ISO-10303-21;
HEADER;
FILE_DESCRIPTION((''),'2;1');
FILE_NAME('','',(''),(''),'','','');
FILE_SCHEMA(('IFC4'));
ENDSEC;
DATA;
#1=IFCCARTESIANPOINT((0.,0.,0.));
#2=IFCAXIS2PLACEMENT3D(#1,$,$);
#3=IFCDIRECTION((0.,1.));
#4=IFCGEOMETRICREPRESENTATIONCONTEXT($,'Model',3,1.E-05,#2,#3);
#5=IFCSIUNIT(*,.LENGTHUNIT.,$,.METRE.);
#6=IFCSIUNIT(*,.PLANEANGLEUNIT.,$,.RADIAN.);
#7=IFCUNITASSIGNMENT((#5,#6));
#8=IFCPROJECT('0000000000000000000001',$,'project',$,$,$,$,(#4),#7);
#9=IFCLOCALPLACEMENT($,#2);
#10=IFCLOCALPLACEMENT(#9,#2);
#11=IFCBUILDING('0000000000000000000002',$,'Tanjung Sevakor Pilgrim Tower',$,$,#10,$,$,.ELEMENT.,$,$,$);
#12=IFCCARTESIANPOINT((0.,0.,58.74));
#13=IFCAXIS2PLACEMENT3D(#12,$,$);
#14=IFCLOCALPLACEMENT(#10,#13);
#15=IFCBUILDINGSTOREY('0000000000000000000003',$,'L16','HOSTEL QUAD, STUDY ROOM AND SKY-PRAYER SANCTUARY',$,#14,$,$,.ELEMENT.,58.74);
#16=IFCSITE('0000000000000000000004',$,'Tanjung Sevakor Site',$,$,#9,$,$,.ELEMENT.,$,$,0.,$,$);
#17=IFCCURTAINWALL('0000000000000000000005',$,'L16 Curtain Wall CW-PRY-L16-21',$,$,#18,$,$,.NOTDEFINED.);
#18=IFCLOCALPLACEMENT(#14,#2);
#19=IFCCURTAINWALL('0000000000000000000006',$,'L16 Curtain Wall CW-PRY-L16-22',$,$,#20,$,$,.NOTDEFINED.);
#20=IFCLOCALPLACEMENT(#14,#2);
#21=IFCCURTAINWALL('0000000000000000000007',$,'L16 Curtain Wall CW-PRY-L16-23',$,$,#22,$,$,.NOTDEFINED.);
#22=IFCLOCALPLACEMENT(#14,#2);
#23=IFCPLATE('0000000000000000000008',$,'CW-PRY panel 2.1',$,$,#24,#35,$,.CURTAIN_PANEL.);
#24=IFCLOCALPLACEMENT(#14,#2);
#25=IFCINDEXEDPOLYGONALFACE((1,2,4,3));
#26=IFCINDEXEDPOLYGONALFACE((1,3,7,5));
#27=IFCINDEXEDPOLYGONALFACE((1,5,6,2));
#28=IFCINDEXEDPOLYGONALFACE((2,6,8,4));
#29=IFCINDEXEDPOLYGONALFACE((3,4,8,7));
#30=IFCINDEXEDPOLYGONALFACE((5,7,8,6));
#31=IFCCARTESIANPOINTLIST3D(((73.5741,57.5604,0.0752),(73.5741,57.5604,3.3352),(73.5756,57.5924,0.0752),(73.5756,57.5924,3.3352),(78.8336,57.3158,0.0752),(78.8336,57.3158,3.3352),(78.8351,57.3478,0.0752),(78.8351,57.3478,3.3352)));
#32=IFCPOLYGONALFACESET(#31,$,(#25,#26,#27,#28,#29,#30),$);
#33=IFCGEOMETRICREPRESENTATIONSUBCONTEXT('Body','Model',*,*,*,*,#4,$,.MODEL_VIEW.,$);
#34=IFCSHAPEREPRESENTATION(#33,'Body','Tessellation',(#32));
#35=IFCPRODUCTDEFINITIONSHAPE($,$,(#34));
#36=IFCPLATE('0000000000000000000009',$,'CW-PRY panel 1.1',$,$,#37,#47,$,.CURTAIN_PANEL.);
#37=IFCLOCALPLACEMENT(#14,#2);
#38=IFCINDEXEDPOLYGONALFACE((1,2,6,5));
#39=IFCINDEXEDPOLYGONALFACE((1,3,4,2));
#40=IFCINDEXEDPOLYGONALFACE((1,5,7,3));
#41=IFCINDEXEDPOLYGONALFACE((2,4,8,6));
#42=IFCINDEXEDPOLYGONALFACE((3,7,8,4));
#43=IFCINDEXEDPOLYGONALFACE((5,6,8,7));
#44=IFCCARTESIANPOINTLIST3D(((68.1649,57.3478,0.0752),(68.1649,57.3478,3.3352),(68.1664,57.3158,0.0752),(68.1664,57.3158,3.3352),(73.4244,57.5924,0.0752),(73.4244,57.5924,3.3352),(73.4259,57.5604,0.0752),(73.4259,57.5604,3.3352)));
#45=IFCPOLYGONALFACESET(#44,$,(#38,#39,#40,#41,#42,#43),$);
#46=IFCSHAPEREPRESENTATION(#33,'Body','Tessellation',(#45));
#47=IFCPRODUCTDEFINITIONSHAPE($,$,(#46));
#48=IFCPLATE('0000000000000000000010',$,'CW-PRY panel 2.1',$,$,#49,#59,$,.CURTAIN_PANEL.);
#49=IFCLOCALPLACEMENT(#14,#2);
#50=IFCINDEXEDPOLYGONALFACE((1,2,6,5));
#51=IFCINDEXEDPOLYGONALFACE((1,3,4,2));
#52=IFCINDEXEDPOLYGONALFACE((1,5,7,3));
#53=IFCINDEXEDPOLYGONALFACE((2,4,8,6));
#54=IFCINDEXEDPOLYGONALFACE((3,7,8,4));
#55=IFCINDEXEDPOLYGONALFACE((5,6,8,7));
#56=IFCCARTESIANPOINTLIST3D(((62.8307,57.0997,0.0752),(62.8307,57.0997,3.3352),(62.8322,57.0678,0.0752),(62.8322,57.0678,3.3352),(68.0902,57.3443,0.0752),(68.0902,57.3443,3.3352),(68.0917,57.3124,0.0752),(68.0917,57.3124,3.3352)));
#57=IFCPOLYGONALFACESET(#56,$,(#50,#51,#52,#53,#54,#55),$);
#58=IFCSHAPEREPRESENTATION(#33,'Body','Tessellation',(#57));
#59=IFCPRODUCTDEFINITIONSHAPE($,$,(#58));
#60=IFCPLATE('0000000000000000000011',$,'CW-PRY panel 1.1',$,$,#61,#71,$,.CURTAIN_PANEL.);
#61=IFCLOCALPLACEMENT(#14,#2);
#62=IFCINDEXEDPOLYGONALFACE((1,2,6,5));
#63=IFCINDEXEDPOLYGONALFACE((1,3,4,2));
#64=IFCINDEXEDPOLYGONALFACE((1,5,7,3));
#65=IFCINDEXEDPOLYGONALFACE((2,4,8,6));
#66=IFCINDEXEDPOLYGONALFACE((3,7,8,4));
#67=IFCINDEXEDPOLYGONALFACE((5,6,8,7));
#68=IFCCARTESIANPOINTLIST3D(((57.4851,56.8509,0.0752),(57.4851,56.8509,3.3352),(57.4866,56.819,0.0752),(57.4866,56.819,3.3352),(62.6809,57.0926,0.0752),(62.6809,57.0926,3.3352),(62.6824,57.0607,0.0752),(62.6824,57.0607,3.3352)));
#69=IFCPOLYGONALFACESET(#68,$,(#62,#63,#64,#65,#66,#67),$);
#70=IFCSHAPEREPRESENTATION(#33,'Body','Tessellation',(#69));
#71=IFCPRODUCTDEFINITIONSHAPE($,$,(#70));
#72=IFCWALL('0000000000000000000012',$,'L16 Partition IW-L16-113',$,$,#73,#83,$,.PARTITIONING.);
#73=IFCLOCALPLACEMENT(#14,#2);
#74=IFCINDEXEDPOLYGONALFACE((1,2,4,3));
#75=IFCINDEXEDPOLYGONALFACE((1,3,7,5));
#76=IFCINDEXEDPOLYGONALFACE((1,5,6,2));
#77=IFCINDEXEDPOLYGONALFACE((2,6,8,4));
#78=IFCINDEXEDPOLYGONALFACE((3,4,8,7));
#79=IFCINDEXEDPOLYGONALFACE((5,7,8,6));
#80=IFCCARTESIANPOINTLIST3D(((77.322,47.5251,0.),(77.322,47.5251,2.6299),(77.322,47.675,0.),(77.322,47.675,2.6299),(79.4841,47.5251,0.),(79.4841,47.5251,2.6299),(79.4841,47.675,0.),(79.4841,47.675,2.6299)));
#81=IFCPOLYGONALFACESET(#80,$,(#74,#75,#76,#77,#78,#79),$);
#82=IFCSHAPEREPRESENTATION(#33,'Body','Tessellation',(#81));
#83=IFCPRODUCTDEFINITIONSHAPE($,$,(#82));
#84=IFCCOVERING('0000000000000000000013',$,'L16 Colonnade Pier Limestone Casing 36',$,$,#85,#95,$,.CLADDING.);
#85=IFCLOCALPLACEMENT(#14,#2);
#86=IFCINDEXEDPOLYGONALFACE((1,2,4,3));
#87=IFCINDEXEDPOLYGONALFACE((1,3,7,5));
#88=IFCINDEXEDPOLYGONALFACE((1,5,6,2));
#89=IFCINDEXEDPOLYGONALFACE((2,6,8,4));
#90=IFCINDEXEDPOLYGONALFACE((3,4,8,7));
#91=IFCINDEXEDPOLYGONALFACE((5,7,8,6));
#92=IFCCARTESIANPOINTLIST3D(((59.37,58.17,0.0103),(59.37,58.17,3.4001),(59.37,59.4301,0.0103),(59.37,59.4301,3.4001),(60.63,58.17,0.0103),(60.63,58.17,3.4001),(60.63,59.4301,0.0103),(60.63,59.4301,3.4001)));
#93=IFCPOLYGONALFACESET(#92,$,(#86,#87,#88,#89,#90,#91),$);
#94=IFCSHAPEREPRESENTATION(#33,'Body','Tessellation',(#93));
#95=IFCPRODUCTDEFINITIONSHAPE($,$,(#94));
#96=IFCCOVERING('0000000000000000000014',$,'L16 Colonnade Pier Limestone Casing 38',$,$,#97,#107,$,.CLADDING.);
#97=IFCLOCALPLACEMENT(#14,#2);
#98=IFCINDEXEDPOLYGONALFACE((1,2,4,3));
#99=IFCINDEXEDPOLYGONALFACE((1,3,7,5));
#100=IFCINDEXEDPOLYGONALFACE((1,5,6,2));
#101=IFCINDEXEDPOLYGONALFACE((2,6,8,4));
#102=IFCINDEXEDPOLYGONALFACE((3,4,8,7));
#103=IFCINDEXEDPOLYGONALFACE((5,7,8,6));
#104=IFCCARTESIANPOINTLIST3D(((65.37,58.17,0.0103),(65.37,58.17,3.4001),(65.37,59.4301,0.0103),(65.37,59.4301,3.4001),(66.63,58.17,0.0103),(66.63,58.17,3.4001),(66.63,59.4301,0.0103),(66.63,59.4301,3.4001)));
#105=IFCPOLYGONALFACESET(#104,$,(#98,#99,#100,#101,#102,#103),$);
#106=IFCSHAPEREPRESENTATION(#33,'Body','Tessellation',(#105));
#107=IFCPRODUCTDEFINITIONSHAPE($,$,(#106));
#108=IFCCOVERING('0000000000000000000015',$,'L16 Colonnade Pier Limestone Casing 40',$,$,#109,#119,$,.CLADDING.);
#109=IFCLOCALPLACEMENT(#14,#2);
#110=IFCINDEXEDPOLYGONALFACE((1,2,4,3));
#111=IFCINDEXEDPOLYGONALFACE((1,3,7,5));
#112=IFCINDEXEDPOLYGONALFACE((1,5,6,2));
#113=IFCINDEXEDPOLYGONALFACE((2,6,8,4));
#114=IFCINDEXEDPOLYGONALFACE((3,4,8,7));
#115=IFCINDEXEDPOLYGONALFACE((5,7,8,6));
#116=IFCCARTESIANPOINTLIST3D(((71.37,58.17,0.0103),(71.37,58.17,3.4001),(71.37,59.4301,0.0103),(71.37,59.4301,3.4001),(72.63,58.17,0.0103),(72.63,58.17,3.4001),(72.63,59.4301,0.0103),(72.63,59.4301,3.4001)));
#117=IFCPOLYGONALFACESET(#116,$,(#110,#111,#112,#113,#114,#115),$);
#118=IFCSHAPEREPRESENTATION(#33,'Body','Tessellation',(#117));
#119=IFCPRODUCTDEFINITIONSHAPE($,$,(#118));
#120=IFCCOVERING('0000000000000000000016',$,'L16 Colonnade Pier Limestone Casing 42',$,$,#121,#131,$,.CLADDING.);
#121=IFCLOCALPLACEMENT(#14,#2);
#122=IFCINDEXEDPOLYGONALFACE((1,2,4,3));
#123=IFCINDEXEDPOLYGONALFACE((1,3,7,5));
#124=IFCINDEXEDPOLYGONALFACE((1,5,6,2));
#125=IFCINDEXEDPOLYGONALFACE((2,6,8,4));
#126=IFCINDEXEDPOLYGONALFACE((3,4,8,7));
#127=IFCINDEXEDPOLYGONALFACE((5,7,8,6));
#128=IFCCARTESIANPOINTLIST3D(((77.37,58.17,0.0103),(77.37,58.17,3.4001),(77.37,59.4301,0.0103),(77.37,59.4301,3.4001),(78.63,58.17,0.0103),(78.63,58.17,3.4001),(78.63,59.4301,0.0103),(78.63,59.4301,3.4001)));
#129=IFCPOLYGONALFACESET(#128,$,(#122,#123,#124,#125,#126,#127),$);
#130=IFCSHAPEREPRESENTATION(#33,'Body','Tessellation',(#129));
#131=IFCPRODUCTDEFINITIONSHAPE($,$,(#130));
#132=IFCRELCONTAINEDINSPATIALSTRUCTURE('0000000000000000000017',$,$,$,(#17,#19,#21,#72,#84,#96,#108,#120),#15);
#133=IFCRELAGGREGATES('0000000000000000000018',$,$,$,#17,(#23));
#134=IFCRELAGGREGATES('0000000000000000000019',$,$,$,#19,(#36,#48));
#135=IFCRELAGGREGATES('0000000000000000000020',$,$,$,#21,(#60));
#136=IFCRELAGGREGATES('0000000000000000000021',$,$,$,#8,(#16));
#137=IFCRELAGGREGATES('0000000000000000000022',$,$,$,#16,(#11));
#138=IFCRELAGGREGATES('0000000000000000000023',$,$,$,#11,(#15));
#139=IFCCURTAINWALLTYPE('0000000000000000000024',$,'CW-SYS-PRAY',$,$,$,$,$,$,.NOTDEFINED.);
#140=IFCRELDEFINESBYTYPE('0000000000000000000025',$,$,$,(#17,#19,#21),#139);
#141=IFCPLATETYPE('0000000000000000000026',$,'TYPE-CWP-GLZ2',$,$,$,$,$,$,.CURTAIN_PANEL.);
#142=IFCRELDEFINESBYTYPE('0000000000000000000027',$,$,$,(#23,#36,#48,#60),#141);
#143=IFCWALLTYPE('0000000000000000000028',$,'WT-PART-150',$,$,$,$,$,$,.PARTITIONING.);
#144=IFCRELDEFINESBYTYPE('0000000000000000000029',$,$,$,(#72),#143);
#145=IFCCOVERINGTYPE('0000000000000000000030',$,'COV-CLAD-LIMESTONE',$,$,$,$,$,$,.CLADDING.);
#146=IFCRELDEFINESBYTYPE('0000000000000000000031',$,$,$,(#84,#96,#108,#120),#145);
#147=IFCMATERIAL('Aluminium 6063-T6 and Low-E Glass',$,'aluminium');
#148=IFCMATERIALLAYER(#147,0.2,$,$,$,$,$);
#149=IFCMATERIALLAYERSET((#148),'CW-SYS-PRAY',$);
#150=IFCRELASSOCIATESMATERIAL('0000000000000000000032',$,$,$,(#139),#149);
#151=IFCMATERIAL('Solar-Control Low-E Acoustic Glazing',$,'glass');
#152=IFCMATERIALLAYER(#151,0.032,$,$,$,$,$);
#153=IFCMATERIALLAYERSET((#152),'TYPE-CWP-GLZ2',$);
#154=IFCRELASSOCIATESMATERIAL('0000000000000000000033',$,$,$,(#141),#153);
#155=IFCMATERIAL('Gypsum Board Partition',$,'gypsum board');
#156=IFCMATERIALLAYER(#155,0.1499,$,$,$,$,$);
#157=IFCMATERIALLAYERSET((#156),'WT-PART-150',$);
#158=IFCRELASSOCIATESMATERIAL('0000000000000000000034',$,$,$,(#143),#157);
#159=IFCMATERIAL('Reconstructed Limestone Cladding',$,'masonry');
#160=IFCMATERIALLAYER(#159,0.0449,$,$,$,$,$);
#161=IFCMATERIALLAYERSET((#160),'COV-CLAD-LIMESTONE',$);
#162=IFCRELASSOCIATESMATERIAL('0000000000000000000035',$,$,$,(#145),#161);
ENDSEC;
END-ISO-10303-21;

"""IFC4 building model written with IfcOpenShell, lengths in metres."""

from ifc_helpers import new_model, si_unit, direction, frame, frame_2d, origin, origin_2d, place, context, subcontext, project, spatial, rectangle, extrude, material, layer, layer_set, type_object, element, aggregate, save


model = new_model("IFC4")

# Units and contexts
model_context = context("Model", 3, precision=1e-05, world=origin(), true_north=direction((0.0, 1.0)))
body_context = subcontext(model_context, "Body", "Model", "MODEL_VIEW")
ifc_project = project(units=[si_unit("LENGTHUNIT", "METRE"), si_unit("PLANEANGLEUNIT", "RADIAN")], contexts=[model_context])

# Site, building, storey
site_placement = place(None, origin())
site = spatial("IfcSite", under=ifc_project, at=site_placement, Name="Tanjung Sevakor Site", CompositionType="ELEMENT", RefElevation=0.0)
building_placement = place(site_placement, origin())
building = spatial("IfcBuilding", under=site, at=building_placement, Name="Tanjung Sevakor Pilgrim Tower", CompositionType="ELEMENT")
storey_placement = place(building_placement, frame((0.0, 0.0, 58.74)))
storey = spatial("IfcBuildingStorey", under=building, at=storey_placement, Name="L16", Description="HOSTEL QUAD, STUDY ROOM AND SKY-PRAYER SANCTUARY", CompositionType="ELEMENT", Elevation=58.74)

# Curtain walls
ifc_material_1 = material(Name="Aluminium 6063-T6 and Low-E Glass", Category="aluminium")
ifc_layer_1 = layer(ifc_material_1, 0.2)
ifc_layer_set_1 = layer_set([ifc_layer_1], Name="CW-SYS-PRAY")
curtain_wall_type = type_object("IfcCurtainWallType", Name="CW-SYS-PRAY", PredefinedType="NOTDEFINED", material=ifc_layer_set_1)
curtain_wall_1_placement = place(storey_placement, origin())
curtain_wall_1 = element("IfcCurtainWall", 1, at=curtain_wall_1_placement, inside=storey, type_object=curtain_wall_type, Name="L16 Curtain Wall CW-PRY-L16-21", PredefinedType="NOTDEFINED")
curtain_wall_2_placement = place(storey_placement, origin())
curtain_wall_2 = element("IfcCurtainWall", 2, at=curtain_wall_2_placement, inside=storey, type_object=curtain_wall_type, Name="L16 Curtain Wall CW-PRY-L16-22", PredefinedType="NOTDEFINED")
curtain_wall_3_placement = place(storey_placement, origin())
curtain_wall_3 = element("IfcCurtainWall", 3, at=curtain_wall_3_placement, inside=storey, type_object=curtain_wall_type, Name="L16 Curtain Wall CW-PRY-L16-23", PredefinedType="NOTDEFINED")

# Plates
ifc_material_2 = material(Name="Solar-Control Low-E Acoustic Glazing", Category="glass")
ifc_layer_2 = layer(ifc_material_2, 0.032)
ifc_layer_set_2 = layer_set([ifc_layer_2], Name="TYPE-CWP-GLZ2")
plate_type = type_object("IfcPlateType", Name="TYPE-CWP-GLZ2", PredefinedType="CURTAIN_PANEL", material=ifc_layer_set_2)
plate_1_placement = place(storey_placement, frame((76.2046, 57.4541, 0.0752), z_axis=(0.0, 0.0, 1.0), x_axis=(-0.998921, 0.046452, 0.0)))
plate_1 = element("IfcPlate", 4, at=plate_1_placement, type_object=plate_type, Name="CW-PRY panel 2.1", PredefinedType="CURTAIN_PANEL", context=body_context, shape_type="SweptSolid", body=[
    extrude(rectangle(XDim=5.2651, YDim=0.032, at=origin_2d()), origin(), (0.0, 0.0, 1.0), 3.26),
])
aggregate(curtain_wall_1, [plate_1])
plate_2_placement = place(storey_placement, frame((70.7954, 57.4541, 0.0752), z_axis=(0.0, 0.0, 1.0), x_axis=(-0.998921, -0.046452, 0.0)))
plate_2 = element("IfcPlate", 5, at=plate_2_placement, type_object=plate_type, Name="CW-PRY panel 1.1", PredefinedType="CURTAIN_PANEL", context=body_context, shape_type="SweptSolid", body=[
    extrude(rectangle(XDim=5.2651, YDim=0.032, at=origin_2d()), origin(), (0.0, 0.0, 1.0), 3.26),
])
plate_3_placement = place(storey_placement, frame((65.4612, 57.2061, 0.0752), z_axis=(0.0, 0.0, 1.0), x_axis=(-0.998921, -0.046452, 0.0)))
plate_3 = element("IfcPlate", 6, at=plate_3_placement, type_object=plate_type, Name="CW-PRY panel 2.1", PredefinedType="CURTAIN_PANEL", context=body_context, shape_type="SweptSolid", body=[
    extrude(rectangle(XDim=5.2651, YDim=0.032, at=origin_2d()), origin(), (0.0, 0.0, 1.0), 3.26),
])
aggregate(curtain_wall_2, [plate_2, plate_3])
plate_4_placement = place(storey_placement, frame((60.0837, 56.9558, 0.0752), z_axis=(0.0, 0.0, 1.0), x_axis=(-0.99892, -0.046462, 0.0)))
plate_4 = element("IfcPlate", 7, at=plate_4_placement, type_object=plate_type, Name="CW-PRY panel 1.1", PredefinedType="CURTAIN_PANEL", context=body_context, shape_type="SweptSolid", body=[
    extrude(rectangle(XDim=5.2014, YDim=0.032, at=origin_2d()), origin(), (0.0, 0.0, 1.0), 3.26),
])
aggregate(curtain_wall_3, [plate_4])

# Wall
ifc_material_3 = material(Name="Gypsum Board Partition", Category="gypsum board")
ifc_layer_3 = layer(ifc_material_3, 0.1499)
ifc_layer_set_3 = layer_set([ifc_layer_3], Name="WT-PART-150")
wall_type = type_object("IfcWallType", Name="WT-PART-150", PredefinedType="PARTITIONING", material=ifc_layer_set_3)
wall_placement = place(storey_placement, frame((77.322, 47.6001, 0.0), z_axis=(0.0, 0.0, 1.0), x_axis=(1.0, 0.0, 0.0)))
element("IfcWall", 8, at=wall_placement, inside=storey, type_object=wall_type, Name="L16 Partition IW-L16-113", PredefinedType="PARTITIONING", context=body_context, shape_type="SweptSolid", body=[
    extrude(rectangle(XDim=2.1621, YDim=0.1499, at=frame_2d((1.0811, 0.0))), origin(), (0.0, 0.0, 1.0), 2.6299),
])

# Coverings
ifc_material_4 = material(Name="Reconstructed Limestone Cladding", Category="masonry")
ifc_layer_4 = layer(ifc_material_4, 0.0449)
ifc_layer_set_4 = layer_set([ifc_layer_4], Name="COV-CLAD-LIMESTONE")
covering_type = type_object("IfcCoveringType", Name="COV-CLAD-LIMESTONE", PredefinedType="CLADDING", material=ifc_layer_set_4)
for number, where, z_axis, x_axis, name in (
    (9, (60.0, 58.8, 0.0103), (0.0, 0.0, 1.0), (1.0, 0.0, 0.0), "L16 Colonnade Pier Limestone Casing 36"),
    (10, (66.0, 58.8, 0.0103), (0.0, 0.0, 1.0), (1.0, 0.0, 0.0), "L16 Colonnade Pier Limestone Casing 38"),
    (11, (72.0, 58.8, 0.0103), (0.0, 0.0, 1.0), (1.0, 0.0, 0.0), "L16 Colonnade Pier Limestone Casing 40"),
    (12, (78.0, 58.8, 0.0103), (0.0, 0.0, 1.0), (1.0, 0.0, 0.0), "L16 Colonnade Pier Limestone Casing 42"),
):
    element("IfcCovering", number, at=place(storey_placement, frame(where, z_axis=z_axis, x_axis=x_axis)), inside=storey, type_object=covering_type, Name=name, PredefinedType="CLADDING", context=body_context, shape_type="SweptSolid", body=[
        extrude(rectangle(XDim=1.26, YDim=1.26, at=origin_2d()), origin(), (0.0, 0.0, 1.0), 3.3899),
    ])

save(model, "model.ifc")
